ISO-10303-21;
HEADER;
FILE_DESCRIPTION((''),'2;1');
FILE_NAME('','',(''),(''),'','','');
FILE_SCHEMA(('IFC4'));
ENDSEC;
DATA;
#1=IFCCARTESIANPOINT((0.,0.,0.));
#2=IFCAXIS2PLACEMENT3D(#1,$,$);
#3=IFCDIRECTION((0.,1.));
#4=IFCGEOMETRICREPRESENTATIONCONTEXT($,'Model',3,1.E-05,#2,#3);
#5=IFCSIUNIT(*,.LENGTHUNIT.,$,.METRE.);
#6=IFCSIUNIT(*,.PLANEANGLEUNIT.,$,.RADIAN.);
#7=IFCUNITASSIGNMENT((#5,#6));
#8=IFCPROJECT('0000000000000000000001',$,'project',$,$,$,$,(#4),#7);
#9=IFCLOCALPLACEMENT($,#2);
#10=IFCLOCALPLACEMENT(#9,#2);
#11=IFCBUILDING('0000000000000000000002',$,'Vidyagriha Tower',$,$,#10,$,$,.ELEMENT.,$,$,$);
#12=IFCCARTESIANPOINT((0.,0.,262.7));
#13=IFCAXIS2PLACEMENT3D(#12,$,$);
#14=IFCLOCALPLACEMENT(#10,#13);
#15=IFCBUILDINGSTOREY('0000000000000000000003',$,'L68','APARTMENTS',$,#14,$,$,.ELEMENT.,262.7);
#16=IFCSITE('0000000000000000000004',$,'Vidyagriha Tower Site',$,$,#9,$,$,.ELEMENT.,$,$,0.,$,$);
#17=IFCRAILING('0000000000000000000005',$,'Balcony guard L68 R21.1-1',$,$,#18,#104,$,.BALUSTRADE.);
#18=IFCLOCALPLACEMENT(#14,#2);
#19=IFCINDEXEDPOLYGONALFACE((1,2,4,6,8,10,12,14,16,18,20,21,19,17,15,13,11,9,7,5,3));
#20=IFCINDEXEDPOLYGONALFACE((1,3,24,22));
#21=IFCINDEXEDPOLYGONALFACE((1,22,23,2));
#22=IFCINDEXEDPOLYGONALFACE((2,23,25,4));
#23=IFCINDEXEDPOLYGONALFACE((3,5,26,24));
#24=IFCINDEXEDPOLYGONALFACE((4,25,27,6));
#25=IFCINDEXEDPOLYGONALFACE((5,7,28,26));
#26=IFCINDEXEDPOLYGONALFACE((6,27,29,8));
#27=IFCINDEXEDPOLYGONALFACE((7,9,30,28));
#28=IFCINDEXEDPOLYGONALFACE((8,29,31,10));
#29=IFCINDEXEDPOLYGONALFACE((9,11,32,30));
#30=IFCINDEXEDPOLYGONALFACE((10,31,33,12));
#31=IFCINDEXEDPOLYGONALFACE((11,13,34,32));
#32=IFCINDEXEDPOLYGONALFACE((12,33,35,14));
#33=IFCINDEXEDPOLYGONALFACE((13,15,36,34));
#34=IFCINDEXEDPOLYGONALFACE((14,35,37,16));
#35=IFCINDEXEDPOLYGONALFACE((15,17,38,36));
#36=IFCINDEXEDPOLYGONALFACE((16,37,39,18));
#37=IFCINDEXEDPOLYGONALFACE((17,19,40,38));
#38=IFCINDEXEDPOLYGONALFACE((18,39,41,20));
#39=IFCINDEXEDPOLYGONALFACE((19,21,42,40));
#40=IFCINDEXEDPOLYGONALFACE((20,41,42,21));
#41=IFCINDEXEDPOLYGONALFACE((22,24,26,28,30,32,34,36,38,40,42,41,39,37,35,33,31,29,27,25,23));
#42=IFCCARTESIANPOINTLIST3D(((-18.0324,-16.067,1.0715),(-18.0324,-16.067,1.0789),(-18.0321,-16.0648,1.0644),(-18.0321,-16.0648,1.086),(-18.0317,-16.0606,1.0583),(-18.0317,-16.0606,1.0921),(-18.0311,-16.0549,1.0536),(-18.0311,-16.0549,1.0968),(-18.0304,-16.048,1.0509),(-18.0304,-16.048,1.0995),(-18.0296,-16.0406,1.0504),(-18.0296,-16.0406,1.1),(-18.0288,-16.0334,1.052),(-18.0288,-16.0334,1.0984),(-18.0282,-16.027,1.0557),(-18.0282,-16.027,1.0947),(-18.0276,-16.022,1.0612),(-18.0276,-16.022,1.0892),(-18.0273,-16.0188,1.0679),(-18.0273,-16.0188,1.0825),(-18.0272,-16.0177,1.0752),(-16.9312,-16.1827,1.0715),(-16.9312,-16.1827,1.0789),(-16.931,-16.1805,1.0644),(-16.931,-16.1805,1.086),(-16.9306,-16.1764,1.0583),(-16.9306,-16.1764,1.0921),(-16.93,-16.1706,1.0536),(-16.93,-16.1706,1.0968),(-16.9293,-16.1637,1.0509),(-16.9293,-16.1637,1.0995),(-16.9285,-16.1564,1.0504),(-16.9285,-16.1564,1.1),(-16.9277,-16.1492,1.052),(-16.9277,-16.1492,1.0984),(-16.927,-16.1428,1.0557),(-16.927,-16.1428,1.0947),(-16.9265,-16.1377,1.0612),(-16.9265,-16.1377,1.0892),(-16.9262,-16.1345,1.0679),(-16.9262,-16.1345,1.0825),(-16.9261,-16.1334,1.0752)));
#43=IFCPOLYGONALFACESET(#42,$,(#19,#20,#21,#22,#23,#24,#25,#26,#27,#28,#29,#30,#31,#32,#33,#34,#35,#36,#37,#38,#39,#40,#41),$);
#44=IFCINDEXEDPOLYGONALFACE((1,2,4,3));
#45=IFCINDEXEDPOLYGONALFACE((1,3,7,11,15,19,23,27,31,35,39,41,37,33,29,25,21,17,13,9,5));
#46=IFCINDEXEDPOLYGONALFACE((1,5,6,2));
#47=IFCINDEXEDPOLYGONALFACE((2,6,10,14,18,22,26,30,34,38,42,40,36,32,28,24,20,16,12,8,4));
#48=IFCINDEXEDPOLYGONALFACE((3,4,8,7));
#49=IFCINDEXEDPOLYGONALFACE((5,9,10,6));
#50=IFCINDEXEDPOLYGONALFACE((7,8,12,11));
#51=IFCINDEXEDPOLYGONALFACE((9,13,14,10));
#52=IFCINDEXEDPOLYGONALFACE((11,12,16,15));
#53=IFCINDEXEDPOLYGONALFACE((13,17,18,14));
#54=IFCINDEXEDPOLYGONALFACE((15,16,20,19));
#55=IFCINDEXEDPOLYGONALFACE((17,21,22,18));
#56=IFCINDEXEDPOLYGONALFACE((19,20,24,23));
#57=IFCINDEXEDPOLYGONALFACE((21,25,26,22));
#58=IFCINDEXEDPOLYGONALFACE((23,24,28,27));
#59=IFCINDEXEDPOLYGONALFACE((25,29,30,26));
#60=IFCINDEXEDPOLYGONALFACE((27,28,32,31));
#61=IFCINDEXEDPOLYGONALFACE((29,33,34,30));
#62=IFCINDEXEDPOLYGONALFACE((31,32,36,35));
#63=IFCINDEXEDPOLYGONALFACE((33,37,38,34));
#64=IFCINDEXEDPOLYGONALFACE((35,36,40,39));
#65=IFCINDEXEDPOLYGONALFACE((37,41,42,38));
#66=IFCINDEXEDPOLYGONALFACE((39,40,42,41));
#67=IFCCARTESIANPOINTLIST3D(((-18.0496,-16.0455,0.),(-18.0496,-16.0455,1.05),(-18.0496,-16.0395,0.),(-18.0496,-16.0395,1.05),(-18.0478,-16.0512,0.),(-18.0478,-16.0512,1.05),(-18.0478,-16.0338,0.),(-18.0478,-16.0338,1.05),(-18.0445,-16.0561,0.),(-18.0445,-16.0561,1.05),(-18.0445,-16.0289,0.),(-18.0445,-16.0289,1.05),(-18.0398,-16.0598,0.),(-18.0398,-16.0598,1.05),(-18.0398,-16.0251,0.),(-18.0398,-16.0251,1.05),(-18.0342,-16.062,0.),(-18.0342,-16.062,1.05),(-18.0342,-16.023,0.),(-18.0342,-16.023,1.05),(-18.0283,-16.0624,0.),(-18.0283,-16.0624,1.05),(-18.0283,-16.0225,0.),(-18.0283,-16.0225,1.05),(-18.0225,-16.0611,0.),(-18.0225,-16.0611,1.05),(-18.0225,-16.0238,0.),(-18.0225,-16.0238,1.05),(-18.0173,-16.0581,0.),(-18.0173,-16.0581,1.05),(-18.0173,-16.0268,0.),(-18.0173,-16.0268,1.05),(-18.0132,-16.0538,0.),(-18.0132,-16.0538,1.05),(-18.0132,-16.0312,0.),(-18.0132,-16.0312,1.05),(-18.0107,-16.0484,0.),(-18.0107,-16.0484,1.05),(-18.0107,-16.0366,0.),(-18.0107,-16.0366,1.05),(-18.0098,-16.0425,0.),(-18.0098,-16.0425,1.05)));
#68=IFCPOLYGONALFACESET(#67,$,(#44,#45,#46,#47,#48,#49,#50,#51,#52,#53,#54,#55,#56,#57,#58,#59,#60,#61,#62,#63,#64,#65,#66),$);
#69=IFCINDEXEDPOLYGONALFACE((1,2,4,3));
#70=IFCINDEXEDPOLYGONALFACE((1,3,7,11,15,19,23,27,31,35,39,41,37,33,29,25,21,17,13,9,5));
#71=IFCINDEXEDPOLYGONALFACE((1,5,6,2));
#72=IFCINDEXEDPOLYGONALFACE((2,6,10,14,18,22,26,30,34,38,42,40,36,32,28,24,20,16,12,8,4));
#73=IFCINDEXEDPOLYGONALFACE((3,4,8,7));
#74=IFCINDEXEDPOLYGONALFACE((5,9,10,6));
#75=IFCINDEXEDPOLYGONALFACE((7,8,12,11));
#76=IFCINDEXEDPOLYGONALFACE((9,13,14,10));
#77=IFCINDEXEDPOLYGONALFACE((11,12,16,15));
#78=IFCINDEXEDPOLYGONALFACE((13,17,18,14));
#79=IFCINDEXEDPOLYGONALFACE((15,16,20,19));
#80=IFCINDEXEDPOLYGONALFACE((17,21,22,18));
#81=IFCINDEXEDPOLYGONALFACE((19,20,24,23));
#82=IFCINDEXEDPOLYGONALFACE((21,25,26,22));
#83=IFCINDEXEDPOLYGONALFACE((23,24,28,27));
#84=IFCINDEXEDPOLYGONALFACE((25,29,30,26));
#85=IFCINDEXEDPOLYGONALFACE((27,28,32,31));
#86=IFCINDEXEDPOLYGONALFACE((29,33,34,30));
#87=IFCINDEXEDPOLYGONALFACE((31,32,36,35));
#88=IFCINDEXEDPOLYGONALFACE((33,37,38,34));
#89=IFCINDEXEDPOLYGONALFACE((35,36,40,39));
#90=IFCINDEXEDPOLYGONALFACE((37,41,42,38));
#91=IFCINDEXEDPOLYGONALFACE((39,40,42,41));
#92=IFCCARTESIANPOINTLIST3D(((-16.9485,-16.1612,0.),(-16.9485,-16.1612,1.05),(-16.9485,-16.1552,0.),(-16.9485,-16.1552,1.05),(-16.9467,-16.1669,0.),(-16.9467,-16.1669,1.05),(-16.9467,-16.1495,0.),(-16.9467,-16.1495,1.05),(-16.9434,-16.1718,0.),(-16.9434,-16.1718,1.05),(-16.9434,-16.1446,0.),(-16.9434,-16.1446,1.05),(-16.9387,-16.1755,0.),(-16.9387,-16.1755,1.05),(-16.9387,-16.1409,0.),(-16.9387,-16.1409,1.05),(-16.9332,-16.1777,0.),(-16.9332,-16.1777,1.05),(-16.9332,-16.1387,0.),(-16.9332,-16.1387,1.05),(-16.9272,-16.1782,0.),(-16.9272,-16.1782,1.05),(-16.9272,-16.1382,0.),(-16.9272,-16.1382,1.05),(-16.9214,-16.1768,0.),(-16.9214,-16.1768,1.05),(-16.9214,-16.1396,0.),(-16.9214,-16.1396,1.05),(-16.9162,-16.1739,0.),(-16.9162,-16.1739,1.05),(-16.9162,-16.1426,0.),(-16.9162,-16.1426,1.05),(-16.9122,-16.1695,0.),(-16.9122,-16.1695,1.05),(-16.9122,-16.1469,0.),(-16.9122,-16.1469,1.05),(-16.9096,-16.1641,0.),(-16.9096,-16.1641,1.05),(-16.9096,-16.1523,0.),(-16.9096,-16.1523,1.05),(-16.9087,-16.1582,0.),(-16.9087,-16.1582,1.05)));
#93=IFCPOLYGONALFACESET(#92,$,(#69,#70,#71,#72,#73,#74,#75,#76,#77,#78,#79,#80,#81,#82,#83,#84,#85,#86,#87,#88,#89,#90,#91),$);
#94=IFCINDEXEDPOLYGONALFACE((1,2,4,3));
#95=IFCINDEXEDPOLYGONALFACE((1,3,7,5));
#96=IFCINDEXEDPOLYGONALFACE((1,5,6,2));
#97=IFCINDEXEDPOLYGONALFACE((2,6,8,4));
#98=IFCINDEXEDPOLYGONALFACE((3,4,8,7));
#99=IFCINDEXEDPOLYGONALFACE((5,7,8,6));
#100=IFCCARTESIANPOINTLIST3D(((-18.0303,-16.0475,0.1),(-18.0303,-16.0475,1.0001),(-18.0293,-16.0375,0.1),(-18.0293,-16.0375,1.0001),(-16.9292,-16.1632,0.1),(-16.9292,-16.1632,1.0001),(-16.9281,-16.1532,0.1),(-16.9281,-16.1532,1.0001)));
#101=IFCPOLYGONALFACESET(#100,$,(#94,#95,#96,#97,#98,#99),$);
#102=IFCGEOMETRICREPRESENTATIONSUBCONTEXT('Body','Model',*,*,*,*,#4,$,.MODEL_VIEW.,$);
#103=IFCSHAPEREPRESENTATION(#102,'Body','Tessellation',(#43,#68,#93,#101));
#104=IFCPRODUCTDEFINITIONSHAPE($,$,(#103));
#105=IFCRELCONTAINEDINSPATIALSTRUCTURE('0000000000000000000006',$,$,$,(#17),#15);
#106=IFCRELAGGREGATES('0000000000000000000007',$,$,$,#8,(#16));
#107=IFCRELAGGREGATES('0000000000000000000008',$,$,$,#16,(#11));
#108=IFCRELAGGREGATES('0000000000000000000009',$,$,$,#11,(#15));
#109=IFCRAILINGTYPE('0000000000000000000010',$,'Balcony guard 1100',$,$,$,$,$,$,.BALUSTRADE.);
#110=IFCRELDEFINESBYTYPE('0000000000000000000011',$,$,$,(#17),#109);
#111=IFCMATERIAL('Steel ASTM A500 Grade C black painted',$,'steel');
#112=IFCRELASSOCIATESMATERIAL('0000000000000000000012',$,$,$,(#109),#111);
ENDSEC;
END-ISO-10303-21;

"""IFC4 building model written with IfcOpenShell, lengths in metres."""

from ifc_helpers import new_model, si_unit, direction, frame, origin, origin_2d, place, context, subcontext, project, spatial, rectangle, circle, extrude, material, type_object, element, save


model = new_model("IFC4")

# Units and contexts
model_context = context("Model", 3, precision=1e-05, world=origin(), true_north=direction((0.0, 1.0)))
body_context = subcontext(model_context, "Body", "Model", "MODEL_VIEW")
ifc_project = project(units=[si_unit("LENGTHUNIT", "METRE"), si_unit("PLANEANGLEUNIT", "RADIAN")], contexts=[model_context])

# Site, building, storey
site_placement = place(None, origin())
site = spatial("IfcSite", under=ifc_project, at=site_placement, Name="Vidyagriha Tower Site", CompositionType="ELEMENT", RefElevation=0.0)
building_placement = place(site_placement, origin())
building = spatial("IfcBuilding", under=site, at=building_placement, Name="Vidyagriha Tower", CompositionType="ELEMENT")
storey_placement = place(building_placement, frame((0.0, 0.0, 262.7)))
storey = spatial("IfcBuildingStorey", under=building, at=storey_placement, Name="L68", Description="APARTMENTS", CompositionType="ELEMENT", Elevation=262.7)

# Railing
ifc_material_1 = material(Name="Steel ASTM A500 Grade C black painted", Category="steel")
railing_type_1 = type_object("IfcRailingType", Name="Balcony guard 1100", PredefinedType="BALUSTRADE", material=ifc_material_1)
railing_1_placement = place(storey_placement, frame((-18.0298, -16.0425, 0.0)))
element("IfcRailing", 1, at=railing_1_placement, inside=storey, type_object=railing_type_1, Name="Balcony guard L68 R21.1-1", PredefinedType="BALUSTRADE", context=body_context, shape_type="SweptSolid", body=[
    extrude(circle(Radius=0.0249, at=origin_2d()), frame((0.0, 0.0, 1.0752), z_axis=(0.994522, -0.104524, 0.0), x_axis=(0.104524, 0.994522, 0.0)), (0.0, 0.0, 1.0), 1.1072),
    extrude(circle(Radius=0.02, at=origin_2d()), origin(), (0.0, 0.0, 1.0), 1.05),
    extrude(circle(Radius=0.02, at=origin_2d()), frame((1.1011, -0.1157, 0.0)), (0.0, 0.0, 1.0), 1.05),
    extrude(rectangle(XDim=0.01, YDim=0.9001, at=origin_2d()), frame((0.0, 0.0, 0.55), z_axis=(0.994522, -0.104524, 0.0), x_axis=(0.104524, 0.994522, 0.0)), (0.0, 0.0, 1.0), 1.1072),
])

save(model, "model.ifc")
